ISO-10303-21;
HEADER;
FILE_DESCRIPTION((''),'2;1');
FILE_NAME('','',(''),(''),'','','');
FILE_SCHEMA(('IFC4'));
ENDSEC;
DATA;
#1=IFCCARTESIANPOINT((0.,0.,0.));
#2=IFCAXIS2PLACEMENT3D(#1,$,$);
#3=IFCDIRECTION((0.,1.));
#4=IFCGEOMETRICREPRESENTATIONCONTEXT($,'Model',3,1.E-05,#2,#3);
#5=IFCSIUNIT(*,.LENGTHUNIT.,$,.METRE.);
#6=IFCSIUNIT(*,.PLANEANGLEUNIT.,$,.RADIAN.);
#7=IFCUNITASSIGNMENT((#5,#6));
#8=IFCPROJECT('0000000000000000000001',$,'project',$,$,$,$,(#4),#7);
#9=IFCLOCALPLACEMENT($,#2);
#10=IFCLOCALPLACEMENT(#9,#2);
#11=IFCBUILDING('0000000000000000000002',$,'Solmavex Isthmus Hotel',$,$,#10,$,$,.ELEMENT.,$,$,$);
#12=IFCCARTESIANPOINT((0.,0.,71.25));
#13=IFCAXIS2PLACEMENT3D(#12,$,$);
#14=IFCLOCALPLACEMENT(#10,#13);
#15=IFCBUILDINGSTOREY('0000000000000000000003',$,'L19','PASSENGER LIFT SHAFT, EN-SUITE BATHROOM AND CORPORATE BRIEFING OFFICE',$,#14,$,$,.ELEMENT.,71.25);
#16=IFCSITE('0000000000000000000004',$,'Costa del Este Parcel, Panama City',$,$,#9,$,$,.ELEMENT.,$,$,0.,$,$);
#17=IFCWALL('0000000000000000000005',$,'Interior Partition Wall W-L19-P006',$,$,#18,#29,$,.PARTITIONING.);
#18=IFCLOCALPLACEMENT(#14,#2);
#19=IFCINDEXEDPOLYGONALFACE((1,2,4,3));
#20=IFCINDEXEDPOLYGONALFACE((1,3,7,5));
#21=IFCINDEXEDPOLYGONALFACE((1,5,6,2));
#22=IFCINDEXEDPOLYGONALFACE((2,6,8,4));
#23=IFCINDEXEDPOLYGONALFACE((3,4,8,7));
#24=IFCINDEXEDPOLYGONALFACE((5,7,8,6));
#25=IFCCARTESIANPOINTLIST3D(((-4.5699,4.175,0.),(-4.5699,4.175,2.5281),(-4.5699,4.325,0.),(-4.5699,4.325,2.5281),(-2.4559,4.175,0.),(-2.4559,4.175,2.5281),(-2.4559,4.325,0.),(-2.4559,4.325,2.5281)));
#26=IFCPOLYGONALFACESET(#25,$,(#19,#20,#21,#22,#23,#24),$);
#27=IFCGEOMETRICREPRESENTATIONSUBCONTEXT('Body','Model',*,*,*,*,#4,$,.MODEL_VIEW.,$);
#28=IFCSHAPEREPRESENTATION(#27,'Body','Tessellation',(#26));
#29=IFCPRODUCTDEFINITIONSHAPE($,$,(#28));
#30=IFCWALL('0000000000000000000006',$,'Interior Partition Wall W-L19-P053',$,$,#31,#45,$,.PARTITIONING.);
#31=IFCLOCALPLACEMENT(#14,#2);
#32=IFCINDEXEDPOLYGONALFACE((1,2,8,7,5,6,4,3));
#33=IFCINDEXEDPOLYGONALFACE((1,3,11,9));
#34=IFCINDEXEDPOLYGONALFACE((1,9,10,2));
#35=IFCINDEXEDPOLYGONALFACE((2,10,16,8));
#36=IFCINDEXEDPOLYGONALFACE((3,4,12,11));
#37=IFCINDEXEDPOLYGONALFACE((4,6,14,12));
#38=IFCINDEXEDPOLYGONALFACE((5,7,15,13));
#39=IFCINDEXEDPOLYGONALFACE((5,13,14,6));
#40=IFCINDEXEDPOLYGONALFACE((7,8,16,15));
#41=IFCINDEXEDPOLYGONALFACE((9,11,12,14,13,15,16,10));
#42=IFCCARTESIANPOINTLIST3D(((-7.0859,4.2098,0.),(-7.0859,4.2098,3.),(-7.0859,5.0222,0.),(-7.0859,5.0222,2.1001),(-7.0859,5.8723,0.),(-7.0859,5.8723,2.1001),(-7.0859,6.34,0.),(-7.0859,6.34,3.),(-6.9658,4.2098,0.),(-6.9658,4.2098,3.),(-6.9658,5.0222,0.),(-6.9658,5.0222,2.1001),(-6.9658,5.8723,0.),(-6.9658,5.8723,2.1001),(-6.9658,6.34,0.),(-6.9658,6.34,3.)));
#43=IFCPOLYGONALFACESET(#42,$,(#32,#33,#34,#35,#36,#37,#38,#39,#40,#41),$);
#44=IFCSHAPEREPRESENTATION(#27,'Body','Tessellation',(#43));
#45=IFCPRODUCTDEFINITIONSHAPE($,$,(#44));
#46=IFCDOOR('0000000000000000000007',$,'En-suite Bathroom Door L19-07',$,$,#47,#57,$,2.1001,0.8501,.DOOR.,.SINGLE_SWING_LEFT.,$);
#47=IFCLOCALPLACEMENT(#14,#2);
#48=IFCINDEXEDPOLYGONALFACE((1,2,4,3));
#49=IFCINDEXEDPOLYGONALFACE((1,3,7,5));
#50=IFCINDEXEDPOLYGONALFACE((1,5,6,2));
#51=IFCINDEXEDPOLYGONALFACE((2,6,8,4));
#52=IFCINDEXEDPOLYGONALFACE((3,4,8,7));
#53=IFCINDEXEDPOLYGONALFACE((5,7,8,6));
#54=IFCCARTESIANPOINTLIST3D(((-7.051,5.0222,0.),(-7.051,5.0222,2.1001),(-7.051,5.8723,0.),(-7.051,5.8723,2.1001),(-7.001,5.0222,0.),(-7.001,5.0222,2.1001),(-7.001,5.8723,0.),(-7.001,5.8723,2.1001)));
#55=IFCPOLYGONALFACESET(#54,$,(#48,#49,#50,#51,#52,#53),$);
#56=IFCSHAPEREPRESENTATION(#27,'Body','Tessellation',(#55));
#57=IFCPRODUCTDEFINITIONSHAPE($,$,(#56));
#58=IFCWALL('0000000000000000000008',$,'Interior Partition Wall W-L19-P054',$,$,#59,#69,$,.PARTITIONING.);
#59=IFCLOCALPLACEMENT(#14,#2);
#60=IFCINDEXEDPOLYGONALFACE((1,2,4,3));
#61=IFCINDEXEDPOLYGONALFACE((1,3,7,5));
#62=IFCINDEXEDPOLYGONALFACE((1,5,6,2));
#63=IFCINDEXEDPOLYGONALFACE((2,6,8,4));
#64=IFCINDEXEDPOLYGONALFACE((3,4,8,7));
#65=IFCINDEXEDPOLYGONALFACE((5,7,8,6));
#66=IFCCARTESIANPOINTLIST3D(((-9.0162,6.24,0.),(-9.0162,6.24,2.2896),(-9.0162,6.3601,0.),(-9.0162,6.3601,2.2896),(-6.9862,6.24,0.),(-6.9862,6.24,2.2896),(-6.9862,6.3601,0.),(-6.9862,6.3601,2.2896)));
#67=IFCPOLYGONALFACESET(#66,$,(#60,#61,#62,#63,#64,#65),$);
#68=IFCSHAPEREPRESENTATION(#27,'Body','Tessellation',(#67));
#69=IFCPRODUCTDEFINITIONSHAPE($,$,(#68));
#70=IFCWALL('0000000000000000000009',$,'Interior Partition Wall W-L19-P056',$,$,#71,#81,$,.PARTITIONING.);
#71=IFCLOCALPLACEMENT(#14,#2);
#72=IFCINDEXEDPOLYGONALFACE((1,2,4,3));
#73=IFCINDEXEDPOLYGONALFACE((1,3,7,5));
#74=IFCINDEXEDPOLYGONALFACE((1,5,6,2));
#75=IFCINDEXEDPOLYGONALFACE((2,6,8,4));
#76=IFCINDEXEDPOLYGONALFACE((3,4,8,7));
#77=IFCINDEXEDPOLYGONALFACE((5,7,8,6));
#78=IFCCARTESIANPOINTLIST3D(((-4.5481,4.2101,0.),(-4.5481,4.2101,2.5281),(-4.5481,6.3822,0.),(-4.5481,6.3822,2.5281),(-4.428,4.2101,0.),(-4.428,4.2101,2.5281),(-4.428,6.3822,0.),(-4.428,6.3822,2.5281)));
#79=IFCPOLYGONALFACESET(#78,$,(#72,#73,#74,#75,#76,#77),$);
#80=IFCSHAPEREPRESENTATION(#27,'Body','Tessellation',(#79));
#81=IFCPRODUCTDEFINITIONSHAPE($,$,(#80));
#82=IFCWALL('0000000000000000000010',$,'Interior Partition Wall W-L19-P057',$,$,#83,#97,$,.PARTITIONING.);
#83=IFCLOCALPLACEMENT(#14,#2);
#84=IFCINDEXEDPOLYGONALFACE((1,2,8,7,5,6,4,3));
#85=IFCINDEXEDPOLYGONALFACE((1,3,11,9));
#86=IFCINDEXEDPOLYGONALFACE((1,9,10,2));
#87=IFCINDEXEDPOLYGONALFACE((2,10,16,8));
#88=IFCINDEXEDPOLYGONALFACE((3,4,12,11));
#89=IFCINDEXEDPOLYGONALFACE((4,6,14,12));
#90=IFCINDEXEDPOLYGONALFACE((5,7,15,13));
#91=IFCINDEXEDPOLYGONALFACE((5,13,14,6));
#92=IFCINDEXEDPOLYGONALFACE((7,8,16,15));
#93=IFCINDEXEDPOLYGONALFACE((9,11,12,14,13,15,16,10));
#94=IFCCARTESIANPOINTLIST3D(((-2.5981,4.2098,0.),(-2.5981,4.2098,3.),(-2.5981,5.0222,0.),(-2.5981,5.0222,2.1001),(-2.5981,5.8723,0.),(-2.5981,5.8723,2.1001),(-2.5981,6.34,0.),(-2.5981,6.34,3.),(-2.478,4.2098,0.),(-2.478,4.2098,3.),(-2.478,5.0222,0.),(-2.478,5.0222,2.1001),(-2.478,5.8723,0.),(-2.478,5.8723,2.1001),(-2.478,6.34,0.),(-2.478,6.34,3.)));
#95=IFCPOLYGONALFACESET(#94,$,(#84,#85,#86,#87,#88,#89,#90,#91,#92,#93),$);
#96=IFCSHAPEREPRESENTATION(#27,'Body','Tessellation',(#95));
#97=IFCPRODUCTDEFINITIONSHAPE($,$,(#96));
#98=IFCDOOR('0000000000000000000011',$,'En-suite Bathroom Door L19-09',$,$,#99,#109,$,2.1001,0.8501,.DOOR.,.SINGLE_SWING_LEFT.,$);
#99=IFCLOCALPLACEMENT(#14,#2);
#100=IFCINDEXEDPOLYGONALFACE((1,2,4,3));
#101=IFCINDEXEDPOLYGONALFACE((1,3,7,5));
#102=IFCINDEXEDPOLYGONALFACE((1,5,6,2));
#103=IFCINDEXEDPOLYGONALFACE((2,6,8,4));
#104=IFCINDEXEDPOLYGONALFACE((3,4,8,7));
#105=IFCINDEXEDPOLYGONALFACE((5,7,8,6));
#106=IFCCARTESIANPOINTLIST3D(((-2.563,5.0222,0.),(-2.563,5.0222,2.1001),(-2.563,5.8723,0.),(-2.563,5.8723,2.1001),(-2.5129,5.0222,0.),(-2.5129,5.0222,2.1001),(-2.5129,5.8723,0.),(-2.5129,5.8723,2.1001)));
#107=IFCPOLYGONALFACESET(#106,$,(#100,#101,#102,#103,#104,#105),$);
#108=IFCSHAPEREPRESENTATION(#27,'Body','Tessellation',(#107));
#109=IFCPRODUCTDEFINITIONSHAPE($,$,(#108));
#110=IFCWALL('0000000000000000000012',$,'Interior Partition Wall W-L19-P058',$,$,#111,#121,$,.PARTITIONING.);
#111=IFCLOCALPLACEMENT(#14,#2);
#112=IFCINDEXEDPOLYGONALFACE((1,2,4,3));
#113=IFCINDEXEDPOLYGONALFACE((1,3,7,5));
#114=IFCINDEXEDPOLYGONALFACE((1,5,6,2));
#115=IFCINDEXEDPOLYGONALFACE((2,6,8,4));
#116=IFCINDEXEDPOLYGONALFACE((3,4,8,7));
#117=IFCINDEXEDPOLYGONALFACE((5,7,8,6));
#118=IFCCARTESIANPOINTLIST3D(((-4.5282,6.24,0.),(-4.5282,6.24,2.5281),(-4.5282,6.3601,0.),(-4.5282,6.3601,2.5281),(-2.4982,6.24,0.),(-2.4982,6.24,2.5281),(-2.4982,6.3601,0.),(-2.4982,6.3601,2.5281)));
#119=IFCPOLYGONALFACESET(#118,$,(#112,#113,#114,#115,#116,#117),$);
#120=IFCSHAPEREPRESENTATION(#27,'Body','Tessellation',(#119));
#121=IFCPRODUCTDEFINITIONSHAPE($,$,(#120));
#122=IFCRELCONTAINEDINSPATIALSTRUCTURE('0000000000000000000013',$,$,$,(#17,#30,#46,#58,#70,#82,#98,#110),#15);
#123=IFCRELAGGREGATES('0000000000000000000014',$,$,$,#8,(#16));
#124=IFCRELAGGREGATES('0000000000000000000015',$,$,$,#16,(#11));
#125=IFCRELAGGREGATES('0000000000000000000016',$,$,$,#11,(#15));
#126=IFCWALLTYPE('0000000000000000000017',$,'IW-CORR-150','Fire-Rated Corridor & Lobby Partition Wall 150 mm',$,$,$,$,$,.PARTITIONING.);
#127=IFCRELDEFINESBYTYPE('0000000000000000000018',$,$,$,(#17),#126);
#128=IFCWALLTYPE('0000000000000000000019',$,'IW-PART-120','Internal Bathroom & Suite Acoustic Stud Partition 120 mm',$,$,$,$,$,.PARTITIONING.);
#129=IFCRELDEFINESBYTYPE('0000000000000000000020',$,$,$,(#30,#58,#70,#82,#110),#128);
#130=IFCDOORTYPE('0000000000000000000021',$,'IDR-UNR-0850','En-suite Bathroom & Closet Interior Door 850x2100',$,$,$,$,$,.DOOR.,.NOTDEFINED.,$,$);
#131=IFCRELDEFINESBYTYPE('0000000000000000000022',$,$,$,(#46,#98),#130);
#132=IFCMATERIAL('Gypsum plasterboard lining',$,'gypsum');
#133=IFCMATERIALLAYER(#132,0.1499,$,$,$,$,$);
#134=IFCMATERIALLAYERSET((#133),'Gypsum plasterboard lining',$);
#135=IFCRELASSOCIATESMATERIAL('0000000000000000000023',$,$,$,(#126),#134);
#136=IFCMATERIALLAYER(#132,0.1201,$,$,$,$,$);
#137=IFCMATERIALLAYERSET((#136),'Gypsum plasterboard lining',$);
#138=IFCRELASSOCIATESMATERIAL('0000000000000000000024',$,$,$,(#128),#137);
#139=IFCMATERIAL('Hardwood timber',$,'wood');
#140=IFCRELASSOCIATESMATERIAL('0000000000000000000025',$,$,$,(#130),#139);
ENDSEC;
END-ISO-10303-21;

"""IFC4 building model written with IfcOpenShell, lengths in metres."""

from ifc_helpers import new_model, si_unit, direction, frame, frame_2d, origin, place, context, subcontext, project, spatial, rectangle, extrude, material, layer, layer_set, type_object, element, fill, save


model = new_model("IFC4")

# Units and contexts
model_context = context("Model", 3, precision=1e-05, world=origin(), true_north=direction((0.0, 1.0)))
body_context = subcontext(model_context, "Body", "Model", "MODEL_VIEW")
ifc_project = project(units=[si_unit("LENGTHUNIT", "METRE"), si_unit("PLANEANGLEUNIT", "RADIAN")], contexts=[model_context])

# Site, building, storey
site_placement = place(None, origin())
site = spatial("IfcSite", under=ifc_project, at=site_placement, Name="Costa del Este Parcel, Panama City", CompositionType="ELEMENT", RefElevation=0.0)
building_placement = place(site_placement, origin())
building = spatial("IfcBuilding", under=site, at=building_placement, Name="Solmavex Isthmus Hotel", CompositionType="ELEMENT")
storey_placement = place(building_placement, frame((0.0, 0.0, 71.25)))
storey = spatial("IfcBuildingStorey", under=building, at=storey_placement, Name="L19", Description="PASSENGER LIFT SHAFT, EN-SUITE BATHROOM AND CORPORATE BRIEFING OFFICE", CompositionType="ELEMENT", Elevation=71.25)

# Shared definitions
ifc_material_1 = material(Name="Gypsum plasterboard lining", Category="gypsum")
ifc_material_2 = material(Name="Hardwood timber", Category="wood")
ifc_layer_1 = layer(ifc_material_1, 0.1499)
ifc_layer_set_1 = layer_set([ifc_layer_1], Name="Gypsum plasterboard lining")
wall_type_1 = type_object("IfcWallType", Name="IW-CORR-150", Description="Fire-Rated Corridor & Lobby Partition Wall 150 mm", PredefinedType="PARTITIONING", material=ifc_layer_set_1)

# Wall
wall_1_placement = place(storey_placement, frame((-4.5701, 4.25, 0.0), z_axis=(0.0, 0.0, 1.0), x_axis=(1.0, 0.0, 0.0)))
element("IfcWall", 1, at=wall_1_placement, inside=storey, type_object=wall_type_1, Name="Interior Partition Wall W-L19-P006", PredefinedType="PARTITIONING", context=body_context, shape_type="SweptSolid", body=[
    extrude(rectangle(XDim=2.114, YDim=0.1499, at=frame_2d((1.0571, 0.0))), origin(), (0.0, 0.0, 1.0), 2.5281),
])

# Wall, opening, door
ifc_layer_2 = layer(ifc_material_1, 0.1201)
ifc_layer_set_2 = layer_set([ifc_layer_2], Name="Gypsum plasterboard lining")
wall_type_2 = type_object("IfcWallType", Name="IW-PART-120", Description="Internal Bathroom & Suite Acoustic Stud Partition 120 mm", PredefinedType="PARTITIONING", material=ifc_layer_set_2)
wall_2_placement = place(storey_placement, frame((-7.0259, 4.21, 0.0), z_axis=(0.0, 0.0, 1.0), x_axis=(0.0, 1.0, 0.0)))
wall_2 = element("IfcWall", 2, at=wall_2_placement, inside=storey, type_object=wall_type_2, Name="Interior Partition Wall W-L19-P053", PredefinedType="PARTITIONING", context=body_context, shape_type="SweptSolid", body=[
    extrude(rectangle(XDim=2.1301, YDim=0.1201, at=frame_2d((1.0649, 0.0))), origin(), (0.0, 0.0, 1.0), 3.0),
])
opening_1_placement = place(wall_2_placement, frame((0.8123, 0.0, 0.0)))
opening_1 = element("IfcOpeningElement", 3, at=opening_1_placement, cuts=wall_2, PredefinedType="OPENING", context=body_context, shape_type="SweptSolid", body=[
    extrude(rectangle(XDim=0.8501, YDim=2.1001, at=frame_2d((0.425, 1.05))), frame((0.0, 0.0701, 0.0), z_axis=(0.0, -1.0, 0.0), x_axis=(1.0, 0.0, 0.0)), (0.0, 0.0, 1.0), 0.1401),
])
door_type_1 = type_object("IfcDoorType", Name="IDR-UNR-0850", Description="En-suite Bathroom & Closet Interior Door 850x2100", OperationType="NOTDEFINED", PredefinedType="DOOR", material=ifc_material_2)
door_1_placement = place(opening_1_placement, frame((0.8501, 0.0, 0.0), z_axis=(0.0, 0.0, 1.0), x_axis=(-1.0, 0.0, 0.0)))
door_1 = element("IfcDoor", 4, at=door_1_placement, inside=storey, type_object=door_type_1, Name="En-suite Bathroom Door L19-07", OperationType="SINGLE_SWING_LEFT", OverallHeight=2.1001, OverallWidth=0.8501, PredefinedType="DOOR", context=body_context, shape_type="SweptSolid", body=[
    extrude(rectangle(XDim=0.8501, YDim=2.1001, at=frame_2d((0.425, 1.05))), frame((0.0, 0.0249, 0.0), z_axis=(0.0, -1.0, 0.0), x_axis=(1.0, 0.0, 0.0)), (0.0, 0.0, 1.0), 0.05),
])
fill(opening_1, door_1)

# Walls
wall_3_placement = place(storey_placement, frame((-6.9861, 6.3, 0.0), z_axis=(0.0, 0.0, 1.0), x_axis=(-1.0, 0.0, 0.0)))
element("IfcWall", 5, at=wall_3_placement, inside=storey, type_object=wall_type_2, Name="Interior Partition Wall W-L19-P054", PredefinedType="PARTITIONING", context=body_context, shape_type="SweptSolid", body=[
    extrude(rectangle(XDim=2.03, YDim=0.1201, at=frame_2d((1.0151, 0.0))), origin(), (0.0, 0.0, 1.0), 2.2896),
])
wall_4_placement = place(storey_placement, frame((-4.488, 6.3821, 0.0), z_axis=(0.0, 0.0, 1.0), x_axis=(0.0, -1.0, 0.0)))
element("IfcWall", 6, at=wall_4_placement, inside=storey, type_object=wall_type_2, Name="Interior Partition Wall W-L19-P056", PredefinedType="PARTITIONING", context=body_context, shape_type="SweptSolid", body=[
    extrude(rectangle(XDim=2.1721, YDim=0.1201, at=frame_2d((1.0859, 0.0))), origin(), (0.0, 0.0, 1.0), 2.5281),
])

# Wall, opening, door
wall_5_placement = place(storey_placement, frame((-2.5381, 4.21, 0.0), z_axis=(0.0, 0.0, 1.0), x_axis=(0.0, 1.0, 0.0)))
wall_5 = element("IfcWall", 7, at=wall_5_placement, inside=storey, type_object=wall_type_2, Name="Interior Partition Wall W-L19-P057", PredefinedType="PARTITIONING", context=body_context, shape_type="SweptSolid", body=[
    extrude(rectangle(XDim=2.1301, YDim=0.1201, at=frame_2d((1.0649, 0.0))), origin(), (0.0, 0.0, 1.0), 3.0),
])
opening_2_placement = place(wall_5_placement, frame((0.8123, 0.0, 0.0)))
opening_2 = element("IfcOpeningElement", 8, at=opening_2_placement, cuts=wall_5, PredefinedType="OPENING", context=body_context, shape_type="SweptSolid", body=[
    extrude(rectangle(XDim=0.8501, YDim=2.1001, at=frame_2d((0.425, 1.05))), frame((0.0, 0.0701, 0.0), z_axis=(0.0, -1.0, 0.0), x_axis=(1.0, 0.0, 0.0)), (0.0, 0.0, 1.0), 0.1401),
])
door_2_placement = place(opening_2_placement, origin())
door_2 = element("IfcDoor", 9, at=door_2_placement, inside=storey, type_object=door_type_1, Name="En-suite Bathroom Door L19-09", OperationType="SINGLE_SWING_LEFT", OverallHeight=2.1001, OverallWidth=0.8501, PredefinedType="DOOR", context=body_context, shape_type="SweptSolid", body=[
    extrude(rectangle(XDim=0.8501, YDim=2.1001, at=frame_2d((0.425, 1.05))), frame((0.0, 0.0249, 0.0), z_axis=(0.0, -1.0, 0.0), x_axis=(1.0, 0.0, 0.0)), (0.0, 0.0, 1.0), 0.05),
])
fill(opening_2, door_2)

# Wall
wall_6_placement = place(storey_placement, frame((-2.498, 6.3, 0.0), z_axis=(0.0, 0.0, 1.0), x_axis=(-1.0, 0.0, 0.0)))
element("IfcWall", 10, at=wall_6_placement, inside=storey, type_object=wall_type_2, Name="Interior Partition Wall W-L19-P058", PredefinedType="PARTITIONING", context=body_context, shape_type="SweptSolid", body=[
    extrude(rectangle(XDim=2.03, YDim=0.1201, at=frame_2d((1.0151, 0.0))), origin(), (0.0, 0.0, 1.0), 2.5281),
])

save(model, "model.ifc")
